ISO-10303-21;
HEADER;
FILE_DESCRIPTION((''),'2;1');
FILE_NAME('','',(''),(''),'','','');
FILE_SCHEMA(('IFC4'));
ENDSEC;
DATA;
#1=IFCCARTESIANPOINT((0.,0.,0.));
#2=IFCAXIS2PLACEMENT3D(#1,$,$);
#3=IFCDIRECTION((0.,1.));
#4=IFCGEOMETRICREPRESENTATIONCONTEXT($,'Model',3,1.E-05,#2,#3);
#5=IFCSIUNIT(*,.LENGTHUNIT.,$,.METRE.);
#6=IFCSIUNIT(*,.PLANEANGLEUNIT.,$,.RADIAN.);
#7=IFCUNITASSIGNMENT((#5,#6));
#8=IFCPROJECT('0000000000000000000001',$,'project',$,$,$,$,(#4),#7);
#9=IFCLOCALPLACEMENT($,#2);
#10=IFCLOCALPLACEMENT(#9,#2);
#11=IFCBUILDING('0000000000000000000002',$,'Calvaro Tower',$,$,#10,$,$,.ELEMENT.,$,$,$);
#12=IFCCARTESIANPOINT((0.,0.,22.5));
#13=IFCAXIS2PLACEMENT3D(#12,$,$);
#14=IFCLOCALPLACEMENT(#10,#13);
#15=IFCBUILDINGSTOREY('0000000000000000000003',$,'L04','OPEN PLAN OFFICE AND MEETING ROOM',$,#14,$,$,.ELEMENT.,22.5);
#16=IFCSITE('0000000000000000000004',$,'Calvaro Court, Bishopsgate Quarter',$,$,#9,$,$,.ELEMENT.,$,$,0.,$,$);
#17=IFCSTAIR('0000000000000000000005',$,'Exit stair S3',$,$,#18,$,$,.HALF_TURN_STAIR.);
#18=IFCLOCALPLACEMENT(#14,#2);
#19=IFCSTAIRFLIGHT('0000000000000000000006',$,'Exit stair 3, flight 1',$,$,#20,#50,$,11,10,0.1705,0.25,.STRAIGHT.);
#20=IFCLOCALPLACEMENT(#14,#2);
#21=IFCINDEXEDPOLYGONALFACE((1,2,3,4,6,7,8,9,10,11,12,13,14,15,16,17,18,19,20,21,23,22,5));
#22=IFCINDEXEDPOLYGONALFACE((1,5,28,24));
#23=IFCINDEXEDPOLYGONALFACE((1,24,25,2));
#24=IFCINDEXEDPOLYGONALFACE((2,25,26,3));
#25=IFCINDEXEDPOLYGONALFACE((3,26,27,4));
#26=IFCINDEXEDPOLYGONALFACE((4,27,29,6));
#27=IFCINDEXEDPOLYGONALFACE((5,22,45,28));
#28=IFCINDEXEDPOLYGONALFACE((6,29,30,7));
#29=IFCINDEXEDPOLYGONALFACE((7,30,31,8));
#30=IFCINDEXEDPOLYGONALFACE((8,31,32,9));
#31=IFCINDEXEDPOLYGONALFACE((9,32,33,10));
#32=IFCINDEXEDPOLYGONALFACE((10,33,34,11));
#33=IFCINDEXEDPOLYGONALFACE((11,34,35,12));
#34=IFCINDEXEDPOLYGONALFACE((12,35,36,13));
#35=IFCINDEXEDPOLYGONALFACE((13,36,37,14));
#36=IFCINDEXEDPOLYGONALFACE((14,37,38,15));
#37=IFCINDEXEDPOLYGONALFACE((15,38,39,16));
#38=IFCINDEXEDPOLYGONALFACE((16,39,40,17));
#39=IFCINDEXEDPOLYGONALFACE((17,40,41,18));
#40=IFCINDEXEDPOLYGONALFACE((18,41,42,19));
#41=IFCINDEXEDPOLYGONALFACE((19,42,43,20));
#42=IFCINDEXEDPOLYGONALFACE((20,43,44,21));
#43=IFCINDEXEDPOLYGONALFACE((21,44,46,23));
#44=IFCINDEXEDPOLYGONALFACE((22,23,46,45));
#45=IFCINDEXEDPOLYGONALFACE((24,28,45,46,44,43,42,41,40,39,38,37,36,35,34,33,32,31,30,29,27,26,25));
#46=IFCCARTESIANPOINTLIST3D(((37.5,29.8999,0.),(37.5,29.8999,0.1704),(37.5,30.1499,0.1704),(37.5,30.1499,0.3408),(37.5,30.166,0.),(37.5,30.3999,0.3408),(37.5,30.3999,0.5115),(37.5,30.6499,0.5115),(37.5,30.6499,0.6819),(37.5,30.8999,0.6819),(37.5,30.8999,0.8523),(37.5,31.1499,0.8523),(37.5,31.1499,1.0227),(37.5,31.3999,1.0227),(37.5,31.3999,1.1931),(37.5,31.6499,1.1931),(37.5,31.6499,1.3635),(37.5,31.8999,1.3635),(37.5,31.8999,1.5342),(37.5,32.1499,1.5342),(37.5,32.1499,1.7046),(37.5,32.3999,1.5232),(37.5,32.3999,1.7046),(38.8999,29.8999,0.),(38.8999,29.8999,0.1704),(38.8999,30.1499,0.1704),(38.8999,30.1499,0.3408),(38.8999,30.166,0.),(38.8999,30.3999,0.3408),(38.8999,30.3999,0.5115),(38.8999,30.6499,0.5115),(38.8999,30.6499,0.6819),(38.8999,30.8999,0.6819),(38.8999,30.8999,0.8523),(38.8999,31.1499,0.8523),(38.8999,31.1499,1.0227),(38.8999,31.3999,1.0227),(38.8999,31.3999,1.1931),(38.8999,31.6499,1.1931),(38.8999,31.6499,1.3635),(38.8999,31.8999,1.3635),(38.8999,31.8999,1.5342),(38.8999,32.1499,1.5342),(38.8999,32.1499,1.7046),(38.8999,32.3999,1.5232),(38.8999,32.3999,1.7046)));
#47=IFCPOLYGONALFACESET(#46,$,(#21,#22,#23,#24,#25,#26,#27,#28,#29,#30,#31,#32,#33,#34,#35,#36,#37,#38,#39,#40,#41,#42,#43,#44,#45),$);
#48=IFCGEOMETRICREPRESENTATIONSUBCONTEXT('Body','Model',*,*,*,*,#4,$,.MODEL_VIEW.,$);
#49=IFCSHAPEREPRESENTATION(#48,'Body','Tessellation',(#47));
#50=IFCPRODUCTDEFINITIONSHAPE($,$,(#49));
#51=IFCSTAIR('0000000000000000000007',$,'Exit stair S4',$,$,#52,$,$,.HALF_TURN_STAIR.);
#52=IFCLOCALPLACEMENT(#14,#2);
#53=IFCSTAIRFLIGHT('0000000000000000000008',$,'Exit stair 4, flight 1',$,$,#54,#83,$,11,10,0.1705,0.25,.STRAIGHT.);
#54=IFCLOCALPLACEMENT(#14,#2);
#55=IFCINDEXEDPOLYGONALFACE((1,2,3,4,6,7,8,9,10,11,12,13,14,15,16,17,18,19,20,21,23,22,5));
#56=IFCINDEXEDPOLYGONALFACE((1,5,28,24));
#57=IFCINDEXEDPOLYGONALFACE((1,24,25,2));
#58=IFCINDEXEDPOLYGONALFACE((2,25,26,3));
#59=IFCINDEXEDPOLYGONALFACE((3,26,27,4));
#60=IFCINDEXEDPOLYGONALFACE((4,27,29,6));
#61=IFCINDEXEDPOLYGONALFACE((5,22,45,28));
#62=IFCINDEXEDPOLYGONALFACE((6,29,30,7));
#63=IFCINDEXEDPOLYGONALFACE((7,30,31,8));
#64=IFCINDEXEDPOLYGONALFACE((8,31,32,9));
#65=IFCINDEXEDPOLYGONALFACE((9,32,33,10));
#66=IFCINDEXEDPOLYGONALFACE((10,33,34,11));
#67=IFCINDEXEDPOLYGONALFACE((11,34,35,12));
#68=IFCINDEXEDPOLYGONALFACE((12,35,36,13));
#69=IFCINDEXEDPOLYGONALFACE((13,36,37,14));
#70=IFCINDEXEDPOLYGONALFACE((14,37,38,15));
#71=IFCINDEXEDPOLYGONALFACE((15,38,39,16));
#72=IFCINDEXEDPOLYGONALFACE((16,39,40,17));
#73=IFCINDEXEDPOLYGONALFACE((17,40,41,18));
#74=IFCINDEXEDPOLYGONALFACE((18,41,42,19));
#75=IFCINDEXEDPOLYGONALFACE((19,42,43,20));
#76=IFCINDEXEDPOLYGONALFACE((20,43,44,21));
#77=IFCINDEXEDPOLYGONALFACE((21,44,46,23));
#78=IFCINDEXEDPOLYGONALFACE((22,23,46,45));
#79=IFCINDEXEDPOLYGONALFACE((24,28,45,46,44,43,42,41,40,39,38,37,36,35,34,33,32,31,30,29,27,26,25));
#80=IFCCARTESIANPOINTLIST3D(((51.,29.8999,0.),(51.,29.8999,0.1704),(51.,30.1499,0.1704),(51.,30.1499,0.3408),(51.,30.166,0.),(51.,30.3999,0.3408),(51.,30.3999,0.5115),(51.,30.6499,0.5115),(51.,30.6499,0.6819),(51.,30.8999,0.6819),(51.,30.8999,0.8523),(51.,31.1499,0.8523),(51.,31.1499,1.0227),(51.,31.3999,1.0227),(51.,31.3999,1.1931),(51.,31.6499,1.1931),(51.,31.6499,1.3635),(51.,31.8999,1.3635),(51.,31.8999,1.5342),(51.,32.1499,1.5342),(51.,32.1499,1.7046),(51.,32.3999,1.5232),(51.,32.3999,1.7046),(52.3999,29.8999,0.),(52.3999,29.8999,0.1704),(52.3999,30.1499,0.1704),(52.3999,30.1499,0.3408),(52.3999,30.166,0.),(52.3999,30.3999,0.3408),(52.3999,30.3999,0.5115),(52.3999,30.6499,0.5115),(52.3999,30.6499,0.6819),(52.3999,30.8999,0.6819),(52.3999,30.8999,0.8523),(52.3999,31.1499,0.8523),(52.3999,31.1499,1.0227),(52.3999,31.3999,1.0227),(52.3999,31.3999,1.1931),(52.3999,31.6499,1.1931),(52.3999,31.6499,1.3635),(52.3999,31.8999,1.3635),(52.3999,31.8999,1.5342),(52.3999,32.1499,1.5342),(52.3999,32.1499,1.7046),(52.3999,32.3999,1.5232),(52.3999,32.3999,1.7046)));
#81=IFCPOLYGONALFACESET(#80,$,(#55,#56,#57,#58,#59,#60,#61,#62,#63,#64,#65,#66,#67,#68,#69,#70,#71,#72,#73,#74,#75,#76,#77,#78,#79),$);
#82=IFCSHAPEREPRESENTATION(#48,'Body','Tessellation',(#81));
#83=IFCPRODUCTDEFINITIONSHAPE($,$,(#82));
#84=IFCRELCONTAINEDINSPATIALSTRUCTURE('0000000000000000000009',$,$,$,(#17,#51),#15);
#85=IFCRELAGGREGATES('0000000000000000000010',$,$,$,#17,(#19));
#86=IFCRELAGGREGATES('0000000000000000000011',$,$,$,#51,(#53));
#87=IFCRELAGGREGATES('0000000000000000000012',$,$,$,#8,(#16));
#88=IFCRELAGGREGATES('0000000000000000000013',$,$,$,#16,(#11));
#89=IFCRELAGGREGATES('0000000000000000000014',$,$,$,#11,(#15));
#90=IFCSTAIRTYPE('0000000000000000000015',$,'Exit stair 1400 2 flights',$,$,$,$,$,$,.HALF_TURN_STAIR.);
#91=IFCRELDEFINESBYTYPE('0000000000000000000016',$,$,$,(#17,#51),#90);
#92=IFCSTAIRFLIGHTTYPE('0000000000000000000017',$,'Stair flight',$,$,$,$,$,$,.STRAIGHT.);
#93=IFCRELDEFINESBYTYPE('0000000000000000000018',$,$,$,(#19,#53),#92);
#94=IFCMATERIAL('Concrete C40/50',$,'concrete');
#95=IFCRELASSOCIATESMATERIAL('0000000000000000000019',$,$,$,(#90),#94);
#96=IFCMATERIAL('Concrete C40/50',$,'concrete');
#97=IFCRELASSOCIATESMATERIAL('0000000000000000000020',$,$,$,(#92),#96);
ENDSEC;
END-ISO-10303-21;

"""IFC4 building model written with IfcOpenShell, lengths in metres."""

from ifc_helpers import new_model, si_unit, direction, frame, origin, place, context, subcontext, project, spatial, polyline, outline, extrude, material, type_object, element, aggregate, save


model = new_model("IFC4")

# Units and contexts
model_context = context("Model", 3, precision=1e-05, world=origin(), true_north=direction((0.0, 1.0)))
body_context = subcontext(model_context, "Body", "Model", "MODEL_VIEW")
ifc_project = project(units=[si_unit("LENGTHUNIT", "METRE"), si_unit("PLANEANGLEUNIT", "RADIAN")], contexts=[model_context])

# Site, building, storey
site_placement = place(None, origin())
site = spatial("IfcSite", under=ifc_project, at=site_placement, Name="Calvaro Court, Bishopsgate Quarter", CompositionType="ELEMENT", RefElevation=0.0)
building_placement = place(site_placement, origin())
building = spatial("IfcBuilding", under=site, at=building_placement, Name="Calvaro Tower", CompositionType="ELEMENT")
storey_placement = place(building_placement, frame((0.0, 0.0, 22.5)))
storey = spatial("IfcBuildingStorey", under=building, at=storey_placement, Name="L04", Description="OPEN PLAN OFFICE AND MEETING ROOM", CompositionType="ELEMENT", Elevation=22.5)

# Stairs, stair flights
ifc_material_1 = material(Name="Concrete C40/50", Category="concrete")
stair_type = type_object("IfcStairType", Name="Exit stair 1400 2 flights", PredefinedType="HALF_TURN_STAIR", material=ifc_material_1)
stair_1_placement = place(storey_placement, origin())
stair_1 = element("IfcStair", 1, at=stair_1_placement, inside=storey, type_object=stair_type, Name="Exit stair S3", PredefinedType="HALF_TURN_STAIR")
ifc_material_2 = material(Name="Concrete C40/50", Category="concrete")
stair_flight_type = type_object("IfcStairFlightType", Name="Stair flight", PredefinedType="STRAIGHT", material=ifc_material_2)
stair_flight_1_placement = place(storey_placement, frame((38.2, 29.8999, 0.0), z_axis=(0.0, 0.0, 1.0), x_axis=(0.0, 1.0, 0.0)))
stair_flight_1 = element("IfcStairFlight", 2, at=stair_flight_1_placement, type_object=stair_flight_type, Name="Exit stair 3, flight 1", NumberOfRisers=11, NumberOfTreads=10, PredefinedType="STRAIGHT", RiserHeight=0.1705, TreadLength=0.25, context=body_context, shape_type="SweptSolid", body=[
    extrude(outline(polyline([(0.0, 0.0), (0.0, 0.1704), (0.25, 0.1704), (0.25, 0.3408), (0.5, 0.3408), (0.5, 0.5115), (0.75, 0.5115), (0.75, 0.6819), (1.0, 0.6819), (1.0, 0.8523), (1.25, 0.8523), (1.25, 1.0227), (1.5, 1.0227), (1.5, 1.1931), (1.75, 1.1931), (1.75, 1.3635), (2.0, 1.3635), (2.0, 1.5342), (2.25, 1.5342), (2.25, 1.7046), (2.5, 1.7046), (2.5, 1.875), (2.5, 1.5232), (0.2661, 0.0), (0.0, 0.0)])), frame((0.0, 0.7, 0.0), z_axis=(0.0, -1.0, 0.0), x_axis=(1.0, 0.0, 0.0)), (0.0, 0.0, 1.0), 1.3999),
])
stair_2_placement = place(storey_placement, origin())
stair_2 = element("IfcStair", 3, at=stair_2_placement, inside=storey, type_object=stair_type, Name="Exit stair S4", PredefinedType="HALF_TURN_STAIR")
stair_flight_2_placement = place(storey_placement, frame((51.7, 29.8999, 0.0), z_axis=(0.0, 0.0, 1.0), x_axis=(0.0, 1.0, 0.0)))
stair_flight_2 = element("IfcStairFlight", 4, at=stair_flight_2_placement, type_object=stair_flight_type, Name="Exit stair 4, flight 1", NumberOfRisers=11, NumberOfTreads=10, PredefinedType="STRAIGHT", RiserHeight=0.1705, TreadLength=0.25, context=body_context, shape_type="SweptSolid", body=[
    extrude(outline(polyline([(0.0, 0.0), (0.0, 0.1704), (0.25, 0.1704), (0.25, 0.3408), (0.5, 0.3408), (0.5, 0.5115), (0.75, 0.5115), (0.75, 0.6819), (1.0, 0.6819), (1.0, 0.8523), (1.25, 0.8523), (1.25, 1.0227), (1.5, 1.0227), (1.5, 1.1931), (1.75, 1.1931), (1.75, 1.3635), (2.0, 1.3635), (2.0, 1.5342), (2.25, 1.5342), (2.25, 1.7046), (2.5, 1.7046), (2.5, 1.875), (2.5, 1.5232), (0.2661, 0.0), (0.0, 0.0)])), frame((0.0, 0.7, 0.0), z_axis=(0.0, -1.0, 0.0), x_axis=(1.0, 0.0, 0.0)), (0.0, 0.0, 1.0), 1.3999),
])

aggregate(stair_1, [stair_flight_1])
aggregate(stair_2, [stair_flight_2])

save(model, "model.ifc")
